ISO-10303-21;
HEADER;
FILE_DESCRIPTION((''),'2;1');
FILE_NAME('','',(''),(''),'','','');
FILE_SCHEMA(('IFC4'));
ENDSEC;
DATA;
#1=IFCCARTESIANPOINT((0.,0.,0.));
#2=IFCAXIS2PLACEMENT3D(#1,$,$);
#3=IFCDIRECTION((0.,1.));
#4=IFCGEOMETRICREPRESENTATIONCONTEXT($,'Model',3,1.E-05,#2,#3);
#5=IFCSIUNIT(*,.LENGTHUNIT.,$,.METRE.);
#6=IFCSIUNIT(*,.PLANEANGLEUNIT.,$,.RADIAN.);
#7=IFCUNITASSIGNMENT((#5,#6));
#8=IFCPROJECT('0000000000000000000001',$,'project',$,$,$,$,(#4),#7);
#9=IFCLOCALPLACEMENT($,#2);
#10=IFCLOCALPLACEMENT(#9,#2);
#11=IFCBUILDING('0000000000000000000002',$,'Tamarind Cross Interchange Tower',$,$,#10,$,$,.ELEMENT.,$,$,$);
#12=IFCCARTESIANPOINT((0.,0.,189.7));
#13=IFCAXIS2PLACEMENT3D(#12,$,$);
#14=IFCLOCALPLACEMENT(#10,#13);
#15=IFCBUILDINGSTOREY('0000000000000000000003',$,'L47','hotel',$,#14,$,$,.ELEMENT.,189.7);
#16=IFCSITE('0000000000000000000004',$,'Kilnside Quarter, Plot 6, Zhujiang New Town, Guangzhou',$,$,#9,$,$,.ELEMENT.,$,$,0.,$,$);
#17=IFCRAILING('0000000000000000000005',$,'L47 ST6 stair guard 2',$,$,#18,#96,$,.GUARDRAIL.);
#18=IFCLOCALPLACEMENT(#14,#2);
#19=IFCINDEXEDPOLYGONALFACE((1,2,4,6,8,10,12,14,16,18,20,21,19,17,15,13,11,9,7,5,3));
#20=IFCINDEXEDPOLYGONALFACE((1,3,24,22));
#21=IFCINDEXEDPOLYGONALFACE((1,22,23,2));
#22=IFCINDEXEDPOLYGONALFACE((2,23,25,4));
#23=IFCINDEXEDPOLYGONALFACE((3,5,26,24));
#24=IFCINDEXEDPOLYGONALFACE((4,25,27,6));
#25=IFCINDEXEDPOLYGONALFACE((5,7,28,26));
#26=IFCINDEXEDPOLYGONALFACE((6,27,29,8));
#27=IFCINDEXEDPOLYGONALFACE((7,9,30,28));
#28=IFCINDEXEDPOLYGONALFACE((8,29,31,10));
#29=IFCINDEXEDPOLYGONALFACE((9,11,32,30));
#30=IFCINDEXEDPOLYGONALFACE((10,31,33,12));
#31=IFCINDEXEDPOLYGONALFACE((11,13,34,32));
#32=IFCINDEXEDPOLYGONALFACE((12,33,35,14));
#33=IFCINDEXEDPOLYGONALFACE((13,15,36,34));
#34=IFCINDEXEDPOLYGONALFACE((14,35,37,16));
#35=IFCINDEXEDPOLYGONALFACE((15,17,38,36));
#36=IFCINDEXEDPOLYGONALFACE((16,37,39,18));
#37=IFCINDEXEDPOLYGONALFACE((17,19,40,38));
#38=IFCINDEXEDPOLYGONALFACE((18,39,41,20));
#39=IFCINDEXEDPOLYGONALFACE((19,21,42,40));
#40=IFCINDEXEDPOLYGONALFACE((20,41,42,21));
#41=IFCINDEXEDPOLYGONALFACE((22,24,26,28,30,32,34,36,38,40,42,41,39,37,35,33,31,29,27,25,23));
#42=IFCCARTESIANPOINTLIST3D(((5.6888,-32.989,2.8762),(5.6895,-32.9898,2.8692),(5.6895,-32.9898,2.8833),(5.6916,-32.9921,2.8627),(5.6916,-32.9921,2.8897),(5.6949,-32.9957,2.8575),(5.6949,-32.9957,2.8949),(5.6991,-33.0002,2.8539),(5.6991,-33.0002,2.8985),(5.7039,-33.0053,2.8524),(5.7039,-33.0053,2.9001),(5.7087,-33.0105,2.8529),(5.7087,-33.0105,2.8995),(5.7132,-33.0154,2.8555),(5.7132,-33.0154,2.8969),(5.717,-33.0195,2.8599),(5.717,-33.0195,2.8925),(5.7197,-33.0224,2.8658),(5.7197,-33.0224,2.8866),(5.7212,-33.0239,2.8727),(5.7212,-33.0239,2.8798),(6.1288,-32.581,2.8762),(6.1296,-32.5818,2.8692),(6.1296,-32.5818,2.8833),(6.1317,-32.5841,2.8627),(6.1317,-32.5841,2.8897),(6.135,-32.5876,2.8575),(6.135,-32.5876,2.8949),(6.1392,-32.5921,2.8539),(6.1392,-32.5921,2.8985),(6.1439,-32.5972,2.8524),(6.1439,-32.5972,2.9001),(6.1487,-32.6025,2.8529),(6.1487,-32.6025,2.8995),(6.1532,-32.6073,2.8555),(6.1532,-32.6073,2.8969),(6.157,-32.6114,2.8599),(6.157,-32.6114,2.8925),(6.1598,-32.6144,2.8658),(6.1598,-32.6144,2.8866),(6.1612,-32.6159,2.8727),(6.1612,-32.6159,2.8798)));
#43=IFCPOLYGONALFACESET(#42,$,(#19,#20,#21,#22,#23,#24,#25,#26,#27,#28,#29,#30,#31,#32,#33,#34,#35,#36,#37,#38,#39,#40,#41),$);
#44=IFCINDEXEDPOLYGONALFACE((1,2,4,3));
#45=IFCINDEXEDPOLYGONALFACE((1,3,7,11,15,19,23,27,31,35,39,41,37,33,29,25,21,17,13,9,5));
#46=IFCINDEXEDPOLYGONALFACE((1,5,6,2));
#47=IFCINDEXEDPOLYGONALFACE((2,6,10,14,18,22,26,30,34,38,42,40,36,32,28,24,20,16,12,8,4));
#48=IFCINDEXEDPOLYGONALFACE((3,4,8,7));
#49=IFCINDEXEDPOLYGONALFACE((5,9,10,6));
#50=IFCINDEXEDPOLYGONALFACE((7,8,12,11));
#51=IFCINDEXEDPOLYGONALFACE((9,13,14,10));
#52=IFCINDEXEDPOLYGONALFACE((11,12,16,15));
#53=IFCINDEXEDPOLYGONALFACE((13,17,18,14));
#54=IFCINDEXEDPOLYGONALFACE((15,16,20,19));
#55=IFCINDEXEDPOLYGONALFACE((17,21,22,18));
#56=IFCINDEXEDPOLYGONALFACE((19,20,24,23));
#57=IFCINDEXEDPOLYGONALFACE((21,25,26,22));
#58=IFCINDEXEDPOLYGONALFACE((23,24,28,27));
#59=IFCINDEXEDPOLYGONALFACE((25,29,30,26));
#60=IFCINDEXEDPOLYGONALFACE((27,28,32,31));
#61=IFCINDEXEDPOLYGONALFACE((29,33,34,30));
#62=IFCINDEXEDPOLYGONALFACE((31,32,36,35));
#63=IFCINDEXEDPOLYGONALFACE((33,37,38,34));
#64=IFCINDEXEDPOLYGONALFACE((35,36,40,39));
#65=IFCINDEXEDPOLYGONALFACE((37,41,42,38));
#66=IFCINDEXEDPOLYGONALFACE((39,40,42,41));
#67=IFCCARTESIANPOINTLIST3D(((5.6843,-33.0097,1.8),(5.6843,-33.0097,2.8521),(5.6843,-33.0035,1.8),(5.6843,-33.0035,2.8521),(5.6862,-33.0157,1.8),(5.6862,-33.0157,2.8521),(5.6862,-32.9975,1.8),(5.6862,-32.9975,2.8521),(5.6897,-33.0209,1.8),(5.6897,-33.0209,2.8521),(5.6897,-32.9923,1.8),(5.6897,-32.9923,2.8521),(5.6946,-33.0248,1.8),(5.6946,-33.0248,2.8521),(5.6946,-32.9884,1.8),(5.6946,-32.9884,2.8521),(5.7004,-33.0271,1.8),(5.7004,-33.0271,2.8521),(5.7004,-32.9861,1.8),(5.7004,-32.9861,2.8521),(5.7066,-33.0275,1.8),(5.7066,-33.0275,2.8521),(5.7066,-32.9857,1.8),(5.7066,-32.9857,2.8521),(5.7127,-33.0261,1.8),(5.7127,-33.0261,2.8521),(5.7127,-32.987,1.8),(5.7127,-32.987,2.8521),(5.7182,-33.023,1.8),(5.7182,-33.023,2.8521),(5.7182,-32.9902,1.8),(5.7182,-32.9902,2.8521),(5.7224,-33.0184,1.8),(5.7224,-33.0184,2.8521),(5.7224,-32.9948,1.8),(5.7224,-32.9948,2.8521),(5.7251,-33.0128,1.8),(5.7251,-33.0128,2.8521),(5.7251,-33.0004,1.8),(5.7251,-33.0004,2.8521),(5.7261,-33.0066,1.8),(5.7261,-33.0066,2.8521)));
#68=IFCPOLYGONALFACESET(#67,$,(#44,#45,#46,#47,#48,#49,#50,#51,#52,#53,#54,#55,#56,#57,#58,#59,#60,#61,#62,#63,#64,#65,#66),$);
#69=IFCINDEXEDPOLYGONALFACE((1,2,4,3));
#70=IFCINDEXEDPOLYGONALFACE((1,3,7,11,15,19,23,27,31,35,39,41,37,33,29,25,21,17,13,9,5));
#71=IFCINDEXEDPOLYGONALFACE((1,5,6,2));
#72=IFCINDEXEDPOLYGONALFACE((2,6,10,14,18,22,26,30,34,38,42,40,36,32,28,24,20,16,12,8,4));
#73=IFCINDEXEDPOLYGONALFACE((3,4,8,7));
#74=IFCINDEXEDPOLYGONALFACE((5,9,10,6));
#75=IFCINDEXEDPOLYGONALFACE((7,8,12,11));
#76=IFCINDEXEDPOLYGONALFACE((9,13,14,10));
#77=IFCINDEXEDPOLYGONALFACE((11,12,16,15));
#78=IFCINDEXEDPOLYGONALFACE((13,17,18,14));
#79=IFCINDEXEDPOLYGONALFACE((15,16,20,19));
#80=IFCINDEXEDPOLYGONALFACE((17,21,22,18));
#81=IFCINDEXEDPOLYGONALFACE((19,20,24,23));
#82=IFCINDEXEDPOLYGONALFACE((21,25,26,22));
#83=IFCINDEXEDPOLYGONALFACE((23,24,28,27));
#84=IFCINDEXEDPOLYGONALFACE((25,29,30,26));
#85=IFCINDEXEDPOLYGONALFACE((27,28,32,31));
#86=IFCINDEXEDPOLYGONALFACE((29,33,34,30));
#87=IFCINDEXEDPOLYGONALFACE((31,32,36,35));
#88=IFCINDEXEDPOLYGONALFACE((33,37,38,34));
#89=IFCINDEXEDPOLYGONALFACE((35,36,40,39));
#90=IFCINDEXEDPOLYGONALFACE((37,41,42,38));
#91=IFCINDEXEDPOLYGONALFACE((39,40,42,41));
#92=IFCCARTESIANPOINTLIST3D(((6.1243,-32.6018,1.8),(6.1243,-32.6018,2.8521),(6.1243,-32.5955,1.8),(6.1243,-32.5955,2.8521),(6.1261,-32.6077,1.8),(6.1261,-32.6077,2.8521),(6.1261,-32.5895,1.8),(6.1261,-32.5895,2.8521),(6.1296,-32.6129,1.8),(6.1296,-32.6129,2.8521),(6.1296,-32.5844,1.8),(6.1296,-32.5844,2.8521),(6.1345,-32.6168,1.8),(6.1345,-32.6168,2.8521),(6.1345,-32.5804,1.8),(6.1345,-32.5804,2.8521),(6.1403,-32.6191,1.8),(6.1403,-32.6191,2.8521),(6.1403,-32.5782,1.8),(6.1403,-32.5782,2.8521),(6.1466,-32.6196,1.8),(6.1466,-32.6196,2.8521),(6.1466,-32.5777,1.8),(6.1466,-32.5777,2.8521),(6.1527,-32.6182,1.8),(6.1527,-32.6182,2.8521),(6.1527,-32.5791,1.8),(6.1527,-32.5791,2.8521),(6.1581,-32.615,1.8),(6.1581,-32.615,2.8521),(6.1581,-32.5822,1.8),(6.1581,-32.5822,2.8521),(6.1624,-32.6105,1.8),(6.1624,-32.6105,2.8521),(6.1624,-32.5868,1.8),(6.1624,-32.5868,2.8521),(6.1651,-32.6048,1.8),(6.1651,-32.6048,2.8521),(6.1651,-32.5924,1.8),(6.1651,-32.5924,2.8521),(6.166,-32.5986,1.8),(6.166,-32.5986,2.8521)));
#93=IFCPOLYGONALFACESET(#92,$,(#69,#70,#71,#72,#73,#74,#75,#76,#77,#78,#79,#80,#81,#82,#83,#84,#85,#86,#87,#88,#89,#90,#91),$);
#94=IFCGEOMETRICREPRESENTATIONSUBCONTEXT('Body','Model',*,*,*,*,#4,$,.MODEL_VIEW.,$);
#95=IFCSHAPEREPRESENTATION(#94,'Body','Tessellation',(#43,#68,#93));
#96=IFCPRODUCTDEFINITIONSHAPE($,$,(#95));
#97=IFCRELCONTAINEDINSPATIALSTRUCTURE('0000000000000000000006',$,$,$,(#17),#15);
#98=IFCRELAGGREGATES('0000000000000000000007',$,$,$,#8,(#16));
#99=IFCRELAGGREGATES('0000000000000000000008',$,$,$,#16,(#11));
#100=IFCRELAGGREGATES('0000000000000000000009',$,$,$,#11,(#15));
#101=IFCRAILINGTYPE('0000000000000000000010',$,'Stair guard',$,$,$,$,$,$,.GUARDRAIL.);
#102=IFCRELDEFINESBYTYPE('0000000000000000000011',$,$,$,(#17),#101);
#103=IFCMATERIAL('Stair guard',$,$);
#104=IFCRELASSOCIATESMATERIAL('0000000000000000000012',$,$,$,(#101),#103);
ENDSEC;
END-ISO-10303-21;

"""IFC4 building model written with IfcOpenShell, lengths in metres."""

from ifc_helpers import new_model, si_unit, direction, frame, origin, origin_2d, place, context, subcontext, project, spatial, circle, extrude, material, type_object, element, save


model = new_model("IFC4")

# Units and contexts
model_context = context("Model", 3, precision=1e-05, world=origin(), true_north=direction((0.0, 1.0)))
body_context = subcontext(model_context, "Body", "Model", "MODEL_VIEW")
ifc_project = project(units=[si_unit("LENGTHUNIT", "METRE"), si_unit("PLANEANGLEUNIT", "RADIAN")], contexts=[model_context])

# Site, building, storey
site_placement = place(None, origin())
site = spatial("IfcSite", under=ifc_project, at=site_placement, Name="Kilnside Quarter, Plot 6, Zhujiang New Town, Guangzhou", CompositionType="ELEMENT", RefElevation=0.0)
building_placement = place(site_placement, origin())
building = spatial("IfcBuilding", under=site, at=building_placement, Name="Tamarind Cross Interchange Tower", CompositionType="ELEMENT")
storey_placement = place(building_placement, frame((0.0, 0.0, 189.7)))
storey = spatial("IfcBuildingStorey", under=building, at=storey_placement, Name="L47", Description="hotel", CompositionType="ELEMENT", Elevation=189.7)

# Railing
ifc_material_1 = material(Name="Stair guard")
railing_type_1 = type_object("IfcRailingType", Name="Stair guard", PredefinedType="GUARDRAIL", material=ifc_material_1)
railing_1_placement = place(storey_placement, frame((5.7051, -33.0066, 1.8)))
element("IfcRailing", 1, at=railing_1_placement, inside=storey, type_object=railing_type_1, Name="L47 ST6 stair guard 2", PredefinedType="GUARDRAIL", context=body_context, shape_type="SweptSolid", body=[
    extrude(circle(Radius=0.0239, at=origin_2d()), frame((0.0, 0.0, 1.0762), z_axis=(0.733257, 0.679951, 0.0), x_axis=(-0.679951, 0.733257, 0.0)), (0.0, 0.0, 1.0), 0.6001),
    extrude(circle(Radius=0.021, at=origin_2d()), origin(), (0.0, 0.0, 1.0), 1.052),
    extrude(circle(Radius=0.021, at=origin_2d()), frame((0.4399, 0.408, 0.0)), (0.0, 0.0, 1.0), 1.052),
])

save(model, "model.ifc")
